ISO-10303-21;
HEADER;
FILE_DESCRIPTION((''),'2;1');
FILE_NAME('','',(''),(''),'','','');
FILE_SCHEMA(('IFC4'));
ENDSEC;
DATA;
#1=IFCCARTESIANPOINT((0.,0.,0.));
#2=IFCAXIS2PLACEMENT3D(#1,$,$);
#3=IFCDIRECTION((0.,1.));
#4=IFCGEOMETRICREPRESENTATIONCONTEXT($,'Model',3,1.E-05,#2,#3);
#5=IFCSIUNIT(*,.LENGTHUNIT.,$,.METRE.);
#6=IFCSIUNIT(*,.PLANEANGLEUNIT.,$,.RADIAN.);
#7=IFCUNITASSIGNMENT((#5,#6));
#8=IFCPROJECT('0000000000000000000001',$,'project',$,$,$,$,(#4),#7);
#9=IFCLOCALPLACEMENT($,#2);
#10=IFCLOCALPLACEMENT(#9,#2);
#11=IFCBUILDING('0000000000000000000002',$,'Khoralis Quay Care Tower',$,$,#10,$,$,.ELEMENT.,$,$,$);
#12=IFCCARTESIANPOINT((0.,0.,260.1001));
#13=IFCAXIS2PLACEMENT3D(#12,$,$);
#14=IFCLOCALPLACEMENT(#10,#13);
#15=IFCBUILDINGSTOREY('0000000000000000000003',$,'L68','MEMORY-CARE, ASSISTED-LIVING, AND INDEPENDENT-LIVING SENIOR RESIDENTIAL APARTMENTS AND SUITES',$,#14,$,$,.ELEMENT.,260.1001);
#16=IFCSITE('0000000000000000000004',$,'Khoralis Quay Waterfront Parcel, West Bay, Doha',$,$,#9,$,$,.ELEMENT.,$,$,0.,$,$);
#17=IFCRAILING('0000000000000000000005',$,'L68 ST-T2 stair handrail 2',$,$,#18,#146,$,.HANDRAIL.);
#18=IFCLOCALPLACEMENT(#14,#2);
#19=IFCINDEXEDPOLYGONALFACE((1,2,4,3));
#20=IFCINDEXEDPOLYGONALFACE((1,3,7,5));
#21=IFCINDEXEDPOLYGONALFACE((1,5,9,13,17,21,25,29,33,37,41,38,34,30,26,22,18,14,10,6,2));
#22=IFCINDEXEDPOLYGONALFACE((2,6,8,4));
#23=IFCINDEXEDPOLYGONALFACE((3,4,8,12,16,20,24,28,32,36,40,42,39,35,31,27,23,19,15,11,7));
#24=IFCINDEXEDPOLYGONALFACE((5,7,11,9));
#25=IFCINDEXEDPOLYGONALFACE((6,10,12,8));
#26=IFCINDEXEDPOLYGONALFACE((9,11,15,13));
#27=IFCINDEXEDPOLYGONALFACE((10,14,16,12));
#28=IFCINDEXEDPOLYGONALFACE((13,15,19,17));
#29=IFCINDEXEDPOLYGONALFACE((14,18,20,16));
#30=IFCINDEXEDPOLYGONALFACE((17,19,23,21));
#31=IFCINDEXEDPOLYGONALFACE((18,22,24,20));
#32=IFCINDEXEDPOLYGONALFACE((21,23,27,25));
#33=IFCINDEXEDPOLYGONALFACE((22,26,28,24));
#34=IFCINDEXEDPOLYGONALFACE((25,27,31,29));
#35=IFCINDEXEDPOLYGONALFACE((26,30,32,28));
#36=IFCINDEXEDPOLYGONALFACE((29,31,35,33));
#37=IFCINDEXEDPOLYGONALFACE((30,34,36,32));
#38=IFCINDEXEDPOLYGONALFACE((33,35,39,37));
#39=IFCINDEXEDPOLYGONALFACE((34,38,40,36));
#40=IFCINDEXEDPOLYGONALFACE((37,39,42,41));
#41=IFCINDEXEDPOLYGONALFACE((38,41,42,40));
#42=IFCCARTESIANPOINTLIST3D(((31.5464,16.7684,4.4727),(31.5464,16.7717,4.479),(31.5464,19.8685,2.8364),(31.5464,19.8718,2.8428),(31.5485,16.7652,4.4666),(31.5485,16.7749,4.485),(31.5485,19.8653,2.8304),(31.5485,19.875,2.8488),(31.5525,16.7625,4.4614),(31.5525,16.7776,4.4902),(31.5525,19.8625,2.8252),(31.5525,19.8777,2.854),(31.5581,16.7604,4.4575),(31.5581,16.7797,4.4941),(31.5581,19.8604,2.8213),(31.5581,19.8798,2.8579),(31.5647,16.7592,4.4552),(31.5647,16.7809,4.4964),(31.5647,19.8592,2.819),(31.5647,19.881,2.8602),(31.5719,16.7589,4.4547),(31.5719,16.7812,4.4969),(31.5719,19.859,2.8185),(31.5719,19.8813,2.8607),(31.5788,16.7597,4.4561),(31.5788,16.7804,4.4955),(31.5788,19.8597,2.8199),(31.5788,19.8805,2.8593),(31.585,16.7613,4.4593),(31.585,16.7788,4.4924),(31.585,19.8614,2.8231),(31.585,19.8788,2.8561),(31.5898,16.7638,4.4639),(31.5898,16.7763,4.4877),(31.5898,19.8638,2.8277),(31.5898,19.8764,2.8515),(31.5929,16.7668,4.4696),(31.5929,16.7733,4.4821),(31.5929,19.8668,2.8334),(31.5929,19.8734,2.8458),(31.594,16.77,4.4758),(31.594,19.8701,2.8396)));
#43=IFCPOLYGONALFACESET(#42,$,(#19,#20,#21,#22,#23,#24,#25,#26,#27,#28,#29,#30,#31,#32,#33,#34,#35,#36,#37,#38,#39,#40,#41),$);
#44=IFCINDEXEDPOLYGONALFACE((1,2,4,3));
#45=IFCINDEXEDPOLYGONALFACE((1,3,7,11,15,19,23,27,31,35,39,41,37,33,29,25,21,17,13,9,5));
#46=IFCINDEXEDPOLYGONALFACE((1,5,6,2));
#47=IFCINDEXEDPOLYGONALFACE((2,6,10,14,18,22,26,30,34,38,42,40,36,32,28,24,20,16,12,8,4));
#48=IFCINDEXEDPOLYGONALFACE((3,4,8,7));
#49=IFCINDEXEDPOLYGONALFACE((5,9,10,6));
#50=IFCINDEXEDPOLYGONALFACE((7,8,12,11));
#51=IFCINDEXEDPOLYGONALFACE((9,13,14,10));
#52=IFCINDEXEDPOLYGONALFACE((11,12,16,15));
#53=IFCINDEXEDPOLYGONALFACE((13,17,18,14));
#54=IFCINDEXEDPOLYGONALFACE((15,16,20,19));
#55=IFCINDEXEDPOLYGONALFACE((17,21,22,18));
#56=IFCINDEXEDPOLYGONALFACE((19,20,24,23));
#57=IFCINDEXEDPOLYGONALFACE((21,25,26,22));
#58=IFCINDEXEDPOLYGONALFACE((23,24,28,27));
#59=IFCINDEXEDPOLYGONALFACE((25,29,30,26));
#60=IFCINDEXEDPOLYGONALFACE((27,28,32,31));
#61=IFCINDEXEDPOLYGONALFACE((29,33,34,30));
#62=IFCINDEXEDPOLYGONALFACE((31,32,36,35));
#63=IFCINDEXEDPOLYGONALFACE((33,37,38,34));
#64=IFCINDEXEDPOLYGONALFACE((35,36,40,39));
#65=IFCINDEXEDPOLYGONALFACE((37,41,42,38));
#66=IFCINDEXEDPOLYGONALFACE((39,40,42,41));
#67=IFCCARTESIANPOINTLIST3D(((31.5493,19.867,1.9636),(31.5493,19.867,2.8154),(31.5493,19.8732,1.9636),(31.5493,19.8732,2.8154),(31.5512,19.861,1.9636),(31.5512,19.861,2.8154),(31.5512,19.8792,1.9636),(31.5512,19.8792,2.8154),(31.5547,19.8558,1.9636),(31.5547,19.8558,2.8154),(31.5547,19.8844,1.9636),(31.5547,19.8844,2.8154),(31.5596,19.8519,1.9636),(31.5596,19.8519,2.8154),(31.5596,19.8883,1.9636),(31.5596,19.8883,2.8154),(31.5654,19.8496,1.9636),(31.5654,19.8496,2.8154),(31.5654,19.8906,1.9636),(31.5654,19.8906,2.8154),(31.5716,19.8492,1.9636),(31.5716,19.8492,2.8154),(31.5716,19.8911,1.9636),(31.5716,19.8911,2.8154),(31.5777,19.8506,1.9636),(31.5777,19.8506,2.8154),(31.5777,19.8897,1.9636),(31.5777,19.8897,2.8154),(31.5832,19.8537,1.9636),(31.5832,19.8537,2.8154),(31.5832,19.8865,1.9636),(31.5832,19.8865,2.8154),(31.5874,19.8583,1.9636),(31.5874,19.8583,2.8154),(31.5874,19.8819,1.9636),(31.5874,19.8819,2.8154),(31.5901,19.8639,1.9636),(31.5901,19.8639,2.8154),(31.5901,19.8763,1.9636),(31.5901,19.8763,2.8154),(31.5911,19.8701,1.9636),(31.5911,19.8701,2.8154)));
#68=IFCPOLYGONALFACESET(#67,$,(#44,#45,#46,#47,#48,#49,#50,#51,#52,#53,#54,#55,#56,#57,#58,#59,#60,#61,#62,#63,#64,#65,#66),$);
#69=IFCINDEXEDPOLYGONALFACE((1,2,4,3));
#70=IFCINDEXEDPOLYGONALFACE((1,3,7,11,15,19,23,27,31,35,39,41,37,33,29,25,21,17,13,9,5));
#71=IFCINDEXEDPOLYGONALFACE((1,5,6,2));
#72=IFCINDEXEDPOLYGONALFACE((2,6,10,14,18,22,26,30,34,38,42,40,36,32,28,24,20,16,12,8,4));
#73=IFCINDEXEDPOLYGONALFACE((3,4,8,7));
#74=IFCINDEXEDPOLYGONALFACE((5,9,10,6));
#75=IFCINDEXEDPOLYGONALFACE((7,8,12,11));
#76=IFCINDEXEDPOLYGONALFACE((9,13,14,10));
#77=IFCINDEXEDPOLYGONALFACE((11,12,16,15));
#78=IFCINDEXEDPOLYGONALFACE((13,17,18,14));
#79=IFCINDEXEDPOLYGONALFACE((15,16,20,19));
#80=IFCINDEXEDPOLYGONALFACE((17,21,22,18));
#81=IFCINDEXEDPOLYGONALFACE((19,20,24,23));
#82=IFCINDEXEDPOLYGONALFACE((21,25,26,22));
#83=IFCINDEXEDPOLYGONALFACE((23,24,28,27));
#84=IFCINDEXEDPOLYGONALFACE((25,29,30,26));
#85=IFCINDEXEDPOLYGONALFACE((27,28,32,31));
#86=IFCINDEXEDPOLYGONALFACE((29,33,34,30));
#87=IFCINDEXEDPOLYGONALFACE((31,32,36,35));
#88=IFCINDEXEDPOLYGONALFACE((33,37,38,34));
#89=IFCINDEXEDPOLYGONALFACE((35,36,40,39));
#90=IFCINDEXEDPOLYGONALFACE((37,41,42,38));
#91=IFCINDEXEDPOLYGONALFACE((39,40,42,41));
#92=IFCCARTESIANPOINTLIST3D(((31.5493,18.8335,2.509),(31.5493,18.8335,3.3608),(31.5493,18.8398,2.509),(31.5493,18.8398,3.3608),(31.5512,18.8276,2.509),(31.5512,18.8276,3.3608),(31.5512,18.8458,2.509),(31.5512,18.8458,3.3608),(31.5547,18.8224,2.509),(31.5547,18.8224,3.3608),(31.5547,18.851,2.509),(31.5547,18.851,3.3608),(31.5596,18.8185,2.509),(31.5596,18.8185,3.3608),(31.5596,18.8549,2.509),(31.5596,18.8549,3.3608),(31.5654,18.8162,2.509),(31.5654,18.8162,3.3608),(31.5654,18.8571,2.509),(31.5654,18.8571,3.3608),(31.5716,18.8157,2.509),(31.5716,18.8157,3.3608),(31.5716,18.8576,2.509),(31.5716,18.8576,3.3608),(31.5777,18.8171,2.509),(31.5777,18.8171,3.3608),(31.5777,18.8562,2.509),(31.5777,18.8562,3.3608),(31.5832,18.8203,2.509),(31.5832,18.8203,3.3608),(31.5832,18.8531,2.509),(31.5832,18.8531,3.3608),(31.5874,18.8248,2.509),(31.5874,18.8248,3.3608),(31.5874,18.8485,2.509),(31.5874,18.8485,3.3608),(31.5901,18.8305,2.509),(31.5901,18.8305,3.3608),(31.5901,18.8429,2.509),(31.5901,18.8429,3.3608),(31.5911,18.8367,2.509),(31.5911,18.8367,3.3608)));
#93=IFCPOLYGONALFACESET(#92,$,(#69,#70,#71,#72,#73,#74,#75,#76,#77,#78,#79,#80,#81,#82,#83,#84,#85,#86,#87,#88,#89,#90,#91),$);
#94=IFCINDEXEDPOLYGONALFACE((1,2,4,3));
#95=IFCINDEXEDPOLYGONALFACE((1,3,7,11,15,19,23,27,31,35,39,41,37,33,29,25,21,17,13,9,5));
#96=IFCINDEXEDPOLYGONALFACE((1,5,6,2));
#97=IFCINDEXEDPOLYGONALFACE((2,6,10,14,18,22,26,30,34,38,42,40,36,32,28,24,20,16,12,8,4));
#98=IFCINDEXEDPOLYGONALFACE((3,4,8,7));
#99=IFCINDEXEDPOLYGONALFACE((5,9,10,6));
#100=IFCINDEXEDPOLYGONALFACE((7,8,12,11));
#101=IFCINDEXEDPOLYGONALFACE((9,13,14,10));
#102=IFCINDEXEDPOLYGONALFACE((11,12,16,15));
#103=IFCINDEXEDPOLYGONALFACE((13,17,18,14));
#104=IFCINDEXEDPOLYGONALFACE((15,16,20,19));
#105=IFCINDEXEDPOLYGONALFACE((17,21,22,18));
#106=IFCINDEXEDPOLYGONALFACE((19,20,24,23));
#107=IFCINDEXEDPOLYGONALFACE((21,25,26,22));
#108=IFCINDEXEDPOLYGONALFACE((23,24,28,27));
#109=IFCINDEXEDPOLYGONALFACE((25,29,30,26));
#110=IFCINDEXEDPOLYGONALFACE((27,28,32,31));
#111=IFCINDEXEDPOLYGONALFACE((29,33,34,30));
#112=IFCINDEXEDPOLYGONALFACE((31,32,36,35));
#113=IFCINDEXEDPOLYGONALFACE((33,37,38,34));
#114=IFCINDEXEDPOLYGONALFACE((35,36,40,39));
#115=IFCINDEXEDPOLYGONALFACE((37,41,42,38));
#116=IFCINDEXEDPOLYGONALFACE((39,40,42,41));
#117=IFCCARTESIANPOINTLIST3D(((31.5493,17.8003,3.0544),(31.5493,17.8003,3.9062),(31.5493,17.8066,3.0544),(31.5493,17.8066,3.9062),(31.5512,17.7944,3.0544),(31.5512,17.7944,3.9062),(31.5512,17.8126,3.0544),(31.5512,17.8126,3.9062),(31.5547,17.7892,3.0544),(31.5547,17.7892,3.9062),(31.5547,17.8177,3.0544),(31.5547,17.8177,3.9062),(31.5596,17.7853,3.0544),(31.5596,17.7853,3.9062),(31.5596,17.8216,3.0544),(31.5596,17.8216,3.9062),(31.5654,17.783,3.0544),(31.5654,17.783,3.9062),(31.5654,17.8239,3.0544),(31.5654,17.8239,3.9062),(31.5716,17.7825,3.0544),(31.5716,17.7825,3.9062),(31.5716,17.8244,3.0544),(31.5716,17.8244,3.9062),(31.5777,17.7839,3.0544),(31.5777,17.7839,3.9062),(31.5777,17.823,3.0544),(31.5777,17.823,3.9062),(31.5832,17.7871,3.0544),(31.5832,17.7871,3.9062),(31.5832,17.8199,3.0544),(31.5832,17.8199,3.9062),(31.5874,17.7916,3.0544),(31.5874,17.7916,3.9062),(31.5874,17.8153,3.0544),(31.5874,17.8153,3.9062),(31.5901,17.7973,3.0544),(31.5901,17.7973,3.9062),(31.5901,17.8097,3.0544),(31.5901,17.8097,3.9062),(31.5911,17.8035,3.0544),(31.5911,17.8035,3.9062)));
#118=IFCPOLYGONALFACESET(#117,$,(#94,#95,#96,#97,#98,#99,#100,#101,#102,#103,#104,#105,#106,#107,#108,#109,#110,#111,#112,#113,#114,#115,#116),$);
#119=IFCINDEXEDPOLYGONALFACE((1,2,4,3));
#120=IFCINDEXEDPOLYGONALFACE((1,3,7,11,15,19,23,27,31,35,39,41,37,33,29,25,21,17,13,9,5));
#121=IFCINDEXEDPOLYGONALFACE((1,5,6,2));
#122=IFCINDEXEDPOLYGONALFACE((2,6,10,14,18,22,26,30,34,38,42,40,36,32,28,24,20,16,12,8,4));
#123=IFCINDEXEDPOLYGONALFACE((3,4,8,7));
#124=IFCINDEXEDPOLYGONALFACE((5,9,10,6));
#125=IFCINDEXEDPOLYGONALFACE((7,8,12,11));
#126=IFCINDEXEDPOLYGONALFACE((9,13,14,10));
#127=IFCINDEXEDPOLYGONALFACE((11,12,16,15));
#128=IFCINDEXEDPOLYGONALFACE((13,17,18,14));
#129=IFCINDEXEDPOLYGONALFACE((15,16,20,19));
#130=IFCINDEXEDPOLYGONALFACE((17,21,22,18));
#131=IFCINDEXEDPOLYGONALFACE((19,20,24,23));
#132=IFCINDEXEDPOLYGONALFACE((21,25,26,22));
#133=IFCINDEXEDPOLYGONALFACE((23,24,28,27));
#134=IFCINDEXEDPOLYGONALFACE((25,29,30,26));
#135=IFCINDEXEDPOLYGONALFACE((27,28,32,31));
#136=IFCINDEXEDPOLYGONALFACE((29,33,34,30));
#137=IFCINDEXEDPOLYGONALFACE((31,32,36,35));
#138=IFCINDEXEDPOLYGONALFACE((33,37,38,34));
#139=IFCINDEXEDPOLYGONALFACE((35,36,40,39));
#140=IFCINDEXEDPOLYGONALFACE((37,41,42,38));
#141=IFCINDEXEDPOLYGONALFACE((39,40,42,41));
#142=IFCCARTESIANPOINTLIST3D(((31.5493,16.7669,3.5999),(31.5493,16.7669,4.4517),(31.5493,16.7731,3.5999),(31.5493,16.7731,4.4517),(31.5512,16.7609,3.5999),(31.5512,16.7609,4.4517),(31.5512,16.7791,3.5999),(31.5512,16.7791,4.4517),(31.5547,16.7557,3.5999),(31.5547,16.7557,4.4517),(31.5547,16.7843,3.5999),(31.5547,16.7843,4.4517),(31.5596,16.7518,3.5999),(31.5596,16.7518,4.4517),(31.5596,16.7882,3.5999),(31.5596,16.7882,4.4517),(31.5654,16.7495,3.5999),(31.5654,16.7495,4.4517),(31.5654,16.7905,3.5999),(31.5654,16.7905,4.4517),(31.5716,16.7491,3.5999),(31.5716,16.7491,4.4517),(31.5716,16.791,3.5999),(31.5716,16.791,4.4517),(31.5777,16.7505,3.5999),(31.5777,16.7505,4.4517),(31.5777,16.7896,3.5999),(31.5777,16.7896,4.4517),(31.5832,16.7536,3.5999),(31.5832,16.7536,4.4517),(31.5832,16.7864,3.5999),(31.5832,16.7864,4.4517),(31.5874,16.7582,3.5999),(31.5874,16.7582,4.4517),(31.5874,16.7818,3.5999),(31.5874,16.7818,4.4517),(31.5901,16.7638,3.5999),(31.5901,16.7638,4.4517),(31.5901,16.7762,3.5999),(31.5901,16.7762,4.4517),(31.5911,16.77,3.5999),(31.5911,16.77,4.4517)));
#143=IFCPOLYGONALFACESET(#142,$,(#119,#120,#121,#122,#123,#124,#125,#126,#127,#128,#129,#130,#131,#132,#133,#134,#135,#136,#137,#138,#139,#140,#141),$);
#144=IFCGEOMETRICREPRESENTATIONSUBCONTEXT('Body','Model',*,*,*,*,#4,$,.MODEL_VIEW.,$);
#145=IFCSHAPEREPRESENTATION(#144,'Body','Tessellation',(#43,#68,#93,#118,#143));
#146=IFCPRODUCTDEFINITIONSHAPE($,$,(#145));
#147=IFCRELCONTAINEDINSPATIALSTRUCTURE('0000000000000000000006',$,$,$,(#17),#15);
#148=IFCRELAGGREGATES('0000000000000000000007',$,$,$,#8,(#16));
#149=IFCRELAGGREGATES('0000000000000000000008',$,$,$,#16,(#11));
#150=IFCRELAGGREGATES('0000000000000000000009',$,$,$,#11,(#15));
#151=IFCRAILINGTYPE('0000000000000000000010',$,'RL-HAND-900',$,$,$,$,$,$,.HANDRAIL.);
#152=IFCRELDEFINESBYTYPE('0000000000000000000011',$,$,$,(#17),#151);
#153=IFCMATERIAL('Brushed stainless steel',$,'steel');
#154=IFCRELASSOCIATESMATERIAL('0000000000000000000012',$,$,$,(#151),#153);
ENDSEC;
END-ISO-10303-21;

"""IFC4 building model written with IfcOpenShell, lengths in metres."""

from ifc_helpers import new_model, si_unit, direction, frame, origin, origin_2d, place, context, subcontext, project, spatial, circle, extrude, material, type_object, element, save


model = new_model("IFC4")

# Units and contexts
model_context = context("Model", 3, precision=1e-05, world=origin(), true_north=direction((0.0, 1.0)))
body_context = subcontext(model_context, "Body", "Model", "MODEL_VIEW")
ifc_project = project(units=[si_unit("LENGTHUNIT", "METRE"), si_unit("PLANEANGLEUNIT", "RADIAN")], contexts=[model_context])

# Site, building, storey
site_placement = place(None, origin())
site = spatial("IfcSite", under=ifc_project, at=site_placement, Name="Khoralis Quay Waterfront Parcel, West Bay, Doha", CompositionType="ELEMENT", RefElevation=0.0)
building_placement = place(site_placement, origin())
building = spatial("IfcBuilding", under=site, at=building_placement, Name="Khoralis Quay Care Tower", CompositionType="ELEMENT")
storey_placement = place(building_placement, frame((0.0, 0.0, 260.1001)))
storey = spatial("IfcBuildingStorey", under=building, at=storey_placement, Name="L68", Description="MEMORY-CARE, ASSISTED-LIVING, AND INDEPENDENT-LIVING SENIOR RESIDENTIAL APARTMENTS AND SUITES", CompositionType="ELEMENT", Elevation=260.1001)

# Shared definitions
ifc_material_1 = material(Name="Brushed stainless steel", Category="steel")

# Railing
railing_type_1 = type_object("IfcRailingType", Name="RL-HAND-900", PredefinedType="HANDRAIL", material=ifc_material_1)
railing_1_placement = place(storey_placement, frame((31.5701, 19.8701, 1.9636)))
element("IfcRailing", 1, at=railing_1_placement, inside=storey, type_object=railing_type_1, Name="L68 ST-T2 stair handrail 2", PredefinedType="HANDRAIL", context=body_context, shape_type="SweptSolid", body=[
    extrude(circle(Radius=0.0239, at=origin_2d()), frame((0.0, 0.0, 0.876), z_axis=(0.0, -0.884377, 0.466774), x_axis=(1.0, 0.0, 0.0)), (0.0, 0.0, 1.0), 3.5054),
    extrude(circle(Radius=0.021, at=origin_2d()), origin(), (0.0, 0.0, 1.0), 0.8518),
    extrude(circle(Radius=0.021, at=origin_2d()), frame((0.0, -1.0334, 0.5454)), (0.0, 0.0, 1.0), 0.8518),
    extrude(circle(Radius=0.021, at=origin_2d()), frame((0.0, -2.0667, 1.0908)), (0.0, 0.0, 1.0), 0.8518),
    extrude(circle(Radius=0.021, at=origin_2d()), frame((0.0, -3.1001, 1.6362)), (0.0, 0.0, 1.0), 0.8518),
])

save(model, "model.ifc")
